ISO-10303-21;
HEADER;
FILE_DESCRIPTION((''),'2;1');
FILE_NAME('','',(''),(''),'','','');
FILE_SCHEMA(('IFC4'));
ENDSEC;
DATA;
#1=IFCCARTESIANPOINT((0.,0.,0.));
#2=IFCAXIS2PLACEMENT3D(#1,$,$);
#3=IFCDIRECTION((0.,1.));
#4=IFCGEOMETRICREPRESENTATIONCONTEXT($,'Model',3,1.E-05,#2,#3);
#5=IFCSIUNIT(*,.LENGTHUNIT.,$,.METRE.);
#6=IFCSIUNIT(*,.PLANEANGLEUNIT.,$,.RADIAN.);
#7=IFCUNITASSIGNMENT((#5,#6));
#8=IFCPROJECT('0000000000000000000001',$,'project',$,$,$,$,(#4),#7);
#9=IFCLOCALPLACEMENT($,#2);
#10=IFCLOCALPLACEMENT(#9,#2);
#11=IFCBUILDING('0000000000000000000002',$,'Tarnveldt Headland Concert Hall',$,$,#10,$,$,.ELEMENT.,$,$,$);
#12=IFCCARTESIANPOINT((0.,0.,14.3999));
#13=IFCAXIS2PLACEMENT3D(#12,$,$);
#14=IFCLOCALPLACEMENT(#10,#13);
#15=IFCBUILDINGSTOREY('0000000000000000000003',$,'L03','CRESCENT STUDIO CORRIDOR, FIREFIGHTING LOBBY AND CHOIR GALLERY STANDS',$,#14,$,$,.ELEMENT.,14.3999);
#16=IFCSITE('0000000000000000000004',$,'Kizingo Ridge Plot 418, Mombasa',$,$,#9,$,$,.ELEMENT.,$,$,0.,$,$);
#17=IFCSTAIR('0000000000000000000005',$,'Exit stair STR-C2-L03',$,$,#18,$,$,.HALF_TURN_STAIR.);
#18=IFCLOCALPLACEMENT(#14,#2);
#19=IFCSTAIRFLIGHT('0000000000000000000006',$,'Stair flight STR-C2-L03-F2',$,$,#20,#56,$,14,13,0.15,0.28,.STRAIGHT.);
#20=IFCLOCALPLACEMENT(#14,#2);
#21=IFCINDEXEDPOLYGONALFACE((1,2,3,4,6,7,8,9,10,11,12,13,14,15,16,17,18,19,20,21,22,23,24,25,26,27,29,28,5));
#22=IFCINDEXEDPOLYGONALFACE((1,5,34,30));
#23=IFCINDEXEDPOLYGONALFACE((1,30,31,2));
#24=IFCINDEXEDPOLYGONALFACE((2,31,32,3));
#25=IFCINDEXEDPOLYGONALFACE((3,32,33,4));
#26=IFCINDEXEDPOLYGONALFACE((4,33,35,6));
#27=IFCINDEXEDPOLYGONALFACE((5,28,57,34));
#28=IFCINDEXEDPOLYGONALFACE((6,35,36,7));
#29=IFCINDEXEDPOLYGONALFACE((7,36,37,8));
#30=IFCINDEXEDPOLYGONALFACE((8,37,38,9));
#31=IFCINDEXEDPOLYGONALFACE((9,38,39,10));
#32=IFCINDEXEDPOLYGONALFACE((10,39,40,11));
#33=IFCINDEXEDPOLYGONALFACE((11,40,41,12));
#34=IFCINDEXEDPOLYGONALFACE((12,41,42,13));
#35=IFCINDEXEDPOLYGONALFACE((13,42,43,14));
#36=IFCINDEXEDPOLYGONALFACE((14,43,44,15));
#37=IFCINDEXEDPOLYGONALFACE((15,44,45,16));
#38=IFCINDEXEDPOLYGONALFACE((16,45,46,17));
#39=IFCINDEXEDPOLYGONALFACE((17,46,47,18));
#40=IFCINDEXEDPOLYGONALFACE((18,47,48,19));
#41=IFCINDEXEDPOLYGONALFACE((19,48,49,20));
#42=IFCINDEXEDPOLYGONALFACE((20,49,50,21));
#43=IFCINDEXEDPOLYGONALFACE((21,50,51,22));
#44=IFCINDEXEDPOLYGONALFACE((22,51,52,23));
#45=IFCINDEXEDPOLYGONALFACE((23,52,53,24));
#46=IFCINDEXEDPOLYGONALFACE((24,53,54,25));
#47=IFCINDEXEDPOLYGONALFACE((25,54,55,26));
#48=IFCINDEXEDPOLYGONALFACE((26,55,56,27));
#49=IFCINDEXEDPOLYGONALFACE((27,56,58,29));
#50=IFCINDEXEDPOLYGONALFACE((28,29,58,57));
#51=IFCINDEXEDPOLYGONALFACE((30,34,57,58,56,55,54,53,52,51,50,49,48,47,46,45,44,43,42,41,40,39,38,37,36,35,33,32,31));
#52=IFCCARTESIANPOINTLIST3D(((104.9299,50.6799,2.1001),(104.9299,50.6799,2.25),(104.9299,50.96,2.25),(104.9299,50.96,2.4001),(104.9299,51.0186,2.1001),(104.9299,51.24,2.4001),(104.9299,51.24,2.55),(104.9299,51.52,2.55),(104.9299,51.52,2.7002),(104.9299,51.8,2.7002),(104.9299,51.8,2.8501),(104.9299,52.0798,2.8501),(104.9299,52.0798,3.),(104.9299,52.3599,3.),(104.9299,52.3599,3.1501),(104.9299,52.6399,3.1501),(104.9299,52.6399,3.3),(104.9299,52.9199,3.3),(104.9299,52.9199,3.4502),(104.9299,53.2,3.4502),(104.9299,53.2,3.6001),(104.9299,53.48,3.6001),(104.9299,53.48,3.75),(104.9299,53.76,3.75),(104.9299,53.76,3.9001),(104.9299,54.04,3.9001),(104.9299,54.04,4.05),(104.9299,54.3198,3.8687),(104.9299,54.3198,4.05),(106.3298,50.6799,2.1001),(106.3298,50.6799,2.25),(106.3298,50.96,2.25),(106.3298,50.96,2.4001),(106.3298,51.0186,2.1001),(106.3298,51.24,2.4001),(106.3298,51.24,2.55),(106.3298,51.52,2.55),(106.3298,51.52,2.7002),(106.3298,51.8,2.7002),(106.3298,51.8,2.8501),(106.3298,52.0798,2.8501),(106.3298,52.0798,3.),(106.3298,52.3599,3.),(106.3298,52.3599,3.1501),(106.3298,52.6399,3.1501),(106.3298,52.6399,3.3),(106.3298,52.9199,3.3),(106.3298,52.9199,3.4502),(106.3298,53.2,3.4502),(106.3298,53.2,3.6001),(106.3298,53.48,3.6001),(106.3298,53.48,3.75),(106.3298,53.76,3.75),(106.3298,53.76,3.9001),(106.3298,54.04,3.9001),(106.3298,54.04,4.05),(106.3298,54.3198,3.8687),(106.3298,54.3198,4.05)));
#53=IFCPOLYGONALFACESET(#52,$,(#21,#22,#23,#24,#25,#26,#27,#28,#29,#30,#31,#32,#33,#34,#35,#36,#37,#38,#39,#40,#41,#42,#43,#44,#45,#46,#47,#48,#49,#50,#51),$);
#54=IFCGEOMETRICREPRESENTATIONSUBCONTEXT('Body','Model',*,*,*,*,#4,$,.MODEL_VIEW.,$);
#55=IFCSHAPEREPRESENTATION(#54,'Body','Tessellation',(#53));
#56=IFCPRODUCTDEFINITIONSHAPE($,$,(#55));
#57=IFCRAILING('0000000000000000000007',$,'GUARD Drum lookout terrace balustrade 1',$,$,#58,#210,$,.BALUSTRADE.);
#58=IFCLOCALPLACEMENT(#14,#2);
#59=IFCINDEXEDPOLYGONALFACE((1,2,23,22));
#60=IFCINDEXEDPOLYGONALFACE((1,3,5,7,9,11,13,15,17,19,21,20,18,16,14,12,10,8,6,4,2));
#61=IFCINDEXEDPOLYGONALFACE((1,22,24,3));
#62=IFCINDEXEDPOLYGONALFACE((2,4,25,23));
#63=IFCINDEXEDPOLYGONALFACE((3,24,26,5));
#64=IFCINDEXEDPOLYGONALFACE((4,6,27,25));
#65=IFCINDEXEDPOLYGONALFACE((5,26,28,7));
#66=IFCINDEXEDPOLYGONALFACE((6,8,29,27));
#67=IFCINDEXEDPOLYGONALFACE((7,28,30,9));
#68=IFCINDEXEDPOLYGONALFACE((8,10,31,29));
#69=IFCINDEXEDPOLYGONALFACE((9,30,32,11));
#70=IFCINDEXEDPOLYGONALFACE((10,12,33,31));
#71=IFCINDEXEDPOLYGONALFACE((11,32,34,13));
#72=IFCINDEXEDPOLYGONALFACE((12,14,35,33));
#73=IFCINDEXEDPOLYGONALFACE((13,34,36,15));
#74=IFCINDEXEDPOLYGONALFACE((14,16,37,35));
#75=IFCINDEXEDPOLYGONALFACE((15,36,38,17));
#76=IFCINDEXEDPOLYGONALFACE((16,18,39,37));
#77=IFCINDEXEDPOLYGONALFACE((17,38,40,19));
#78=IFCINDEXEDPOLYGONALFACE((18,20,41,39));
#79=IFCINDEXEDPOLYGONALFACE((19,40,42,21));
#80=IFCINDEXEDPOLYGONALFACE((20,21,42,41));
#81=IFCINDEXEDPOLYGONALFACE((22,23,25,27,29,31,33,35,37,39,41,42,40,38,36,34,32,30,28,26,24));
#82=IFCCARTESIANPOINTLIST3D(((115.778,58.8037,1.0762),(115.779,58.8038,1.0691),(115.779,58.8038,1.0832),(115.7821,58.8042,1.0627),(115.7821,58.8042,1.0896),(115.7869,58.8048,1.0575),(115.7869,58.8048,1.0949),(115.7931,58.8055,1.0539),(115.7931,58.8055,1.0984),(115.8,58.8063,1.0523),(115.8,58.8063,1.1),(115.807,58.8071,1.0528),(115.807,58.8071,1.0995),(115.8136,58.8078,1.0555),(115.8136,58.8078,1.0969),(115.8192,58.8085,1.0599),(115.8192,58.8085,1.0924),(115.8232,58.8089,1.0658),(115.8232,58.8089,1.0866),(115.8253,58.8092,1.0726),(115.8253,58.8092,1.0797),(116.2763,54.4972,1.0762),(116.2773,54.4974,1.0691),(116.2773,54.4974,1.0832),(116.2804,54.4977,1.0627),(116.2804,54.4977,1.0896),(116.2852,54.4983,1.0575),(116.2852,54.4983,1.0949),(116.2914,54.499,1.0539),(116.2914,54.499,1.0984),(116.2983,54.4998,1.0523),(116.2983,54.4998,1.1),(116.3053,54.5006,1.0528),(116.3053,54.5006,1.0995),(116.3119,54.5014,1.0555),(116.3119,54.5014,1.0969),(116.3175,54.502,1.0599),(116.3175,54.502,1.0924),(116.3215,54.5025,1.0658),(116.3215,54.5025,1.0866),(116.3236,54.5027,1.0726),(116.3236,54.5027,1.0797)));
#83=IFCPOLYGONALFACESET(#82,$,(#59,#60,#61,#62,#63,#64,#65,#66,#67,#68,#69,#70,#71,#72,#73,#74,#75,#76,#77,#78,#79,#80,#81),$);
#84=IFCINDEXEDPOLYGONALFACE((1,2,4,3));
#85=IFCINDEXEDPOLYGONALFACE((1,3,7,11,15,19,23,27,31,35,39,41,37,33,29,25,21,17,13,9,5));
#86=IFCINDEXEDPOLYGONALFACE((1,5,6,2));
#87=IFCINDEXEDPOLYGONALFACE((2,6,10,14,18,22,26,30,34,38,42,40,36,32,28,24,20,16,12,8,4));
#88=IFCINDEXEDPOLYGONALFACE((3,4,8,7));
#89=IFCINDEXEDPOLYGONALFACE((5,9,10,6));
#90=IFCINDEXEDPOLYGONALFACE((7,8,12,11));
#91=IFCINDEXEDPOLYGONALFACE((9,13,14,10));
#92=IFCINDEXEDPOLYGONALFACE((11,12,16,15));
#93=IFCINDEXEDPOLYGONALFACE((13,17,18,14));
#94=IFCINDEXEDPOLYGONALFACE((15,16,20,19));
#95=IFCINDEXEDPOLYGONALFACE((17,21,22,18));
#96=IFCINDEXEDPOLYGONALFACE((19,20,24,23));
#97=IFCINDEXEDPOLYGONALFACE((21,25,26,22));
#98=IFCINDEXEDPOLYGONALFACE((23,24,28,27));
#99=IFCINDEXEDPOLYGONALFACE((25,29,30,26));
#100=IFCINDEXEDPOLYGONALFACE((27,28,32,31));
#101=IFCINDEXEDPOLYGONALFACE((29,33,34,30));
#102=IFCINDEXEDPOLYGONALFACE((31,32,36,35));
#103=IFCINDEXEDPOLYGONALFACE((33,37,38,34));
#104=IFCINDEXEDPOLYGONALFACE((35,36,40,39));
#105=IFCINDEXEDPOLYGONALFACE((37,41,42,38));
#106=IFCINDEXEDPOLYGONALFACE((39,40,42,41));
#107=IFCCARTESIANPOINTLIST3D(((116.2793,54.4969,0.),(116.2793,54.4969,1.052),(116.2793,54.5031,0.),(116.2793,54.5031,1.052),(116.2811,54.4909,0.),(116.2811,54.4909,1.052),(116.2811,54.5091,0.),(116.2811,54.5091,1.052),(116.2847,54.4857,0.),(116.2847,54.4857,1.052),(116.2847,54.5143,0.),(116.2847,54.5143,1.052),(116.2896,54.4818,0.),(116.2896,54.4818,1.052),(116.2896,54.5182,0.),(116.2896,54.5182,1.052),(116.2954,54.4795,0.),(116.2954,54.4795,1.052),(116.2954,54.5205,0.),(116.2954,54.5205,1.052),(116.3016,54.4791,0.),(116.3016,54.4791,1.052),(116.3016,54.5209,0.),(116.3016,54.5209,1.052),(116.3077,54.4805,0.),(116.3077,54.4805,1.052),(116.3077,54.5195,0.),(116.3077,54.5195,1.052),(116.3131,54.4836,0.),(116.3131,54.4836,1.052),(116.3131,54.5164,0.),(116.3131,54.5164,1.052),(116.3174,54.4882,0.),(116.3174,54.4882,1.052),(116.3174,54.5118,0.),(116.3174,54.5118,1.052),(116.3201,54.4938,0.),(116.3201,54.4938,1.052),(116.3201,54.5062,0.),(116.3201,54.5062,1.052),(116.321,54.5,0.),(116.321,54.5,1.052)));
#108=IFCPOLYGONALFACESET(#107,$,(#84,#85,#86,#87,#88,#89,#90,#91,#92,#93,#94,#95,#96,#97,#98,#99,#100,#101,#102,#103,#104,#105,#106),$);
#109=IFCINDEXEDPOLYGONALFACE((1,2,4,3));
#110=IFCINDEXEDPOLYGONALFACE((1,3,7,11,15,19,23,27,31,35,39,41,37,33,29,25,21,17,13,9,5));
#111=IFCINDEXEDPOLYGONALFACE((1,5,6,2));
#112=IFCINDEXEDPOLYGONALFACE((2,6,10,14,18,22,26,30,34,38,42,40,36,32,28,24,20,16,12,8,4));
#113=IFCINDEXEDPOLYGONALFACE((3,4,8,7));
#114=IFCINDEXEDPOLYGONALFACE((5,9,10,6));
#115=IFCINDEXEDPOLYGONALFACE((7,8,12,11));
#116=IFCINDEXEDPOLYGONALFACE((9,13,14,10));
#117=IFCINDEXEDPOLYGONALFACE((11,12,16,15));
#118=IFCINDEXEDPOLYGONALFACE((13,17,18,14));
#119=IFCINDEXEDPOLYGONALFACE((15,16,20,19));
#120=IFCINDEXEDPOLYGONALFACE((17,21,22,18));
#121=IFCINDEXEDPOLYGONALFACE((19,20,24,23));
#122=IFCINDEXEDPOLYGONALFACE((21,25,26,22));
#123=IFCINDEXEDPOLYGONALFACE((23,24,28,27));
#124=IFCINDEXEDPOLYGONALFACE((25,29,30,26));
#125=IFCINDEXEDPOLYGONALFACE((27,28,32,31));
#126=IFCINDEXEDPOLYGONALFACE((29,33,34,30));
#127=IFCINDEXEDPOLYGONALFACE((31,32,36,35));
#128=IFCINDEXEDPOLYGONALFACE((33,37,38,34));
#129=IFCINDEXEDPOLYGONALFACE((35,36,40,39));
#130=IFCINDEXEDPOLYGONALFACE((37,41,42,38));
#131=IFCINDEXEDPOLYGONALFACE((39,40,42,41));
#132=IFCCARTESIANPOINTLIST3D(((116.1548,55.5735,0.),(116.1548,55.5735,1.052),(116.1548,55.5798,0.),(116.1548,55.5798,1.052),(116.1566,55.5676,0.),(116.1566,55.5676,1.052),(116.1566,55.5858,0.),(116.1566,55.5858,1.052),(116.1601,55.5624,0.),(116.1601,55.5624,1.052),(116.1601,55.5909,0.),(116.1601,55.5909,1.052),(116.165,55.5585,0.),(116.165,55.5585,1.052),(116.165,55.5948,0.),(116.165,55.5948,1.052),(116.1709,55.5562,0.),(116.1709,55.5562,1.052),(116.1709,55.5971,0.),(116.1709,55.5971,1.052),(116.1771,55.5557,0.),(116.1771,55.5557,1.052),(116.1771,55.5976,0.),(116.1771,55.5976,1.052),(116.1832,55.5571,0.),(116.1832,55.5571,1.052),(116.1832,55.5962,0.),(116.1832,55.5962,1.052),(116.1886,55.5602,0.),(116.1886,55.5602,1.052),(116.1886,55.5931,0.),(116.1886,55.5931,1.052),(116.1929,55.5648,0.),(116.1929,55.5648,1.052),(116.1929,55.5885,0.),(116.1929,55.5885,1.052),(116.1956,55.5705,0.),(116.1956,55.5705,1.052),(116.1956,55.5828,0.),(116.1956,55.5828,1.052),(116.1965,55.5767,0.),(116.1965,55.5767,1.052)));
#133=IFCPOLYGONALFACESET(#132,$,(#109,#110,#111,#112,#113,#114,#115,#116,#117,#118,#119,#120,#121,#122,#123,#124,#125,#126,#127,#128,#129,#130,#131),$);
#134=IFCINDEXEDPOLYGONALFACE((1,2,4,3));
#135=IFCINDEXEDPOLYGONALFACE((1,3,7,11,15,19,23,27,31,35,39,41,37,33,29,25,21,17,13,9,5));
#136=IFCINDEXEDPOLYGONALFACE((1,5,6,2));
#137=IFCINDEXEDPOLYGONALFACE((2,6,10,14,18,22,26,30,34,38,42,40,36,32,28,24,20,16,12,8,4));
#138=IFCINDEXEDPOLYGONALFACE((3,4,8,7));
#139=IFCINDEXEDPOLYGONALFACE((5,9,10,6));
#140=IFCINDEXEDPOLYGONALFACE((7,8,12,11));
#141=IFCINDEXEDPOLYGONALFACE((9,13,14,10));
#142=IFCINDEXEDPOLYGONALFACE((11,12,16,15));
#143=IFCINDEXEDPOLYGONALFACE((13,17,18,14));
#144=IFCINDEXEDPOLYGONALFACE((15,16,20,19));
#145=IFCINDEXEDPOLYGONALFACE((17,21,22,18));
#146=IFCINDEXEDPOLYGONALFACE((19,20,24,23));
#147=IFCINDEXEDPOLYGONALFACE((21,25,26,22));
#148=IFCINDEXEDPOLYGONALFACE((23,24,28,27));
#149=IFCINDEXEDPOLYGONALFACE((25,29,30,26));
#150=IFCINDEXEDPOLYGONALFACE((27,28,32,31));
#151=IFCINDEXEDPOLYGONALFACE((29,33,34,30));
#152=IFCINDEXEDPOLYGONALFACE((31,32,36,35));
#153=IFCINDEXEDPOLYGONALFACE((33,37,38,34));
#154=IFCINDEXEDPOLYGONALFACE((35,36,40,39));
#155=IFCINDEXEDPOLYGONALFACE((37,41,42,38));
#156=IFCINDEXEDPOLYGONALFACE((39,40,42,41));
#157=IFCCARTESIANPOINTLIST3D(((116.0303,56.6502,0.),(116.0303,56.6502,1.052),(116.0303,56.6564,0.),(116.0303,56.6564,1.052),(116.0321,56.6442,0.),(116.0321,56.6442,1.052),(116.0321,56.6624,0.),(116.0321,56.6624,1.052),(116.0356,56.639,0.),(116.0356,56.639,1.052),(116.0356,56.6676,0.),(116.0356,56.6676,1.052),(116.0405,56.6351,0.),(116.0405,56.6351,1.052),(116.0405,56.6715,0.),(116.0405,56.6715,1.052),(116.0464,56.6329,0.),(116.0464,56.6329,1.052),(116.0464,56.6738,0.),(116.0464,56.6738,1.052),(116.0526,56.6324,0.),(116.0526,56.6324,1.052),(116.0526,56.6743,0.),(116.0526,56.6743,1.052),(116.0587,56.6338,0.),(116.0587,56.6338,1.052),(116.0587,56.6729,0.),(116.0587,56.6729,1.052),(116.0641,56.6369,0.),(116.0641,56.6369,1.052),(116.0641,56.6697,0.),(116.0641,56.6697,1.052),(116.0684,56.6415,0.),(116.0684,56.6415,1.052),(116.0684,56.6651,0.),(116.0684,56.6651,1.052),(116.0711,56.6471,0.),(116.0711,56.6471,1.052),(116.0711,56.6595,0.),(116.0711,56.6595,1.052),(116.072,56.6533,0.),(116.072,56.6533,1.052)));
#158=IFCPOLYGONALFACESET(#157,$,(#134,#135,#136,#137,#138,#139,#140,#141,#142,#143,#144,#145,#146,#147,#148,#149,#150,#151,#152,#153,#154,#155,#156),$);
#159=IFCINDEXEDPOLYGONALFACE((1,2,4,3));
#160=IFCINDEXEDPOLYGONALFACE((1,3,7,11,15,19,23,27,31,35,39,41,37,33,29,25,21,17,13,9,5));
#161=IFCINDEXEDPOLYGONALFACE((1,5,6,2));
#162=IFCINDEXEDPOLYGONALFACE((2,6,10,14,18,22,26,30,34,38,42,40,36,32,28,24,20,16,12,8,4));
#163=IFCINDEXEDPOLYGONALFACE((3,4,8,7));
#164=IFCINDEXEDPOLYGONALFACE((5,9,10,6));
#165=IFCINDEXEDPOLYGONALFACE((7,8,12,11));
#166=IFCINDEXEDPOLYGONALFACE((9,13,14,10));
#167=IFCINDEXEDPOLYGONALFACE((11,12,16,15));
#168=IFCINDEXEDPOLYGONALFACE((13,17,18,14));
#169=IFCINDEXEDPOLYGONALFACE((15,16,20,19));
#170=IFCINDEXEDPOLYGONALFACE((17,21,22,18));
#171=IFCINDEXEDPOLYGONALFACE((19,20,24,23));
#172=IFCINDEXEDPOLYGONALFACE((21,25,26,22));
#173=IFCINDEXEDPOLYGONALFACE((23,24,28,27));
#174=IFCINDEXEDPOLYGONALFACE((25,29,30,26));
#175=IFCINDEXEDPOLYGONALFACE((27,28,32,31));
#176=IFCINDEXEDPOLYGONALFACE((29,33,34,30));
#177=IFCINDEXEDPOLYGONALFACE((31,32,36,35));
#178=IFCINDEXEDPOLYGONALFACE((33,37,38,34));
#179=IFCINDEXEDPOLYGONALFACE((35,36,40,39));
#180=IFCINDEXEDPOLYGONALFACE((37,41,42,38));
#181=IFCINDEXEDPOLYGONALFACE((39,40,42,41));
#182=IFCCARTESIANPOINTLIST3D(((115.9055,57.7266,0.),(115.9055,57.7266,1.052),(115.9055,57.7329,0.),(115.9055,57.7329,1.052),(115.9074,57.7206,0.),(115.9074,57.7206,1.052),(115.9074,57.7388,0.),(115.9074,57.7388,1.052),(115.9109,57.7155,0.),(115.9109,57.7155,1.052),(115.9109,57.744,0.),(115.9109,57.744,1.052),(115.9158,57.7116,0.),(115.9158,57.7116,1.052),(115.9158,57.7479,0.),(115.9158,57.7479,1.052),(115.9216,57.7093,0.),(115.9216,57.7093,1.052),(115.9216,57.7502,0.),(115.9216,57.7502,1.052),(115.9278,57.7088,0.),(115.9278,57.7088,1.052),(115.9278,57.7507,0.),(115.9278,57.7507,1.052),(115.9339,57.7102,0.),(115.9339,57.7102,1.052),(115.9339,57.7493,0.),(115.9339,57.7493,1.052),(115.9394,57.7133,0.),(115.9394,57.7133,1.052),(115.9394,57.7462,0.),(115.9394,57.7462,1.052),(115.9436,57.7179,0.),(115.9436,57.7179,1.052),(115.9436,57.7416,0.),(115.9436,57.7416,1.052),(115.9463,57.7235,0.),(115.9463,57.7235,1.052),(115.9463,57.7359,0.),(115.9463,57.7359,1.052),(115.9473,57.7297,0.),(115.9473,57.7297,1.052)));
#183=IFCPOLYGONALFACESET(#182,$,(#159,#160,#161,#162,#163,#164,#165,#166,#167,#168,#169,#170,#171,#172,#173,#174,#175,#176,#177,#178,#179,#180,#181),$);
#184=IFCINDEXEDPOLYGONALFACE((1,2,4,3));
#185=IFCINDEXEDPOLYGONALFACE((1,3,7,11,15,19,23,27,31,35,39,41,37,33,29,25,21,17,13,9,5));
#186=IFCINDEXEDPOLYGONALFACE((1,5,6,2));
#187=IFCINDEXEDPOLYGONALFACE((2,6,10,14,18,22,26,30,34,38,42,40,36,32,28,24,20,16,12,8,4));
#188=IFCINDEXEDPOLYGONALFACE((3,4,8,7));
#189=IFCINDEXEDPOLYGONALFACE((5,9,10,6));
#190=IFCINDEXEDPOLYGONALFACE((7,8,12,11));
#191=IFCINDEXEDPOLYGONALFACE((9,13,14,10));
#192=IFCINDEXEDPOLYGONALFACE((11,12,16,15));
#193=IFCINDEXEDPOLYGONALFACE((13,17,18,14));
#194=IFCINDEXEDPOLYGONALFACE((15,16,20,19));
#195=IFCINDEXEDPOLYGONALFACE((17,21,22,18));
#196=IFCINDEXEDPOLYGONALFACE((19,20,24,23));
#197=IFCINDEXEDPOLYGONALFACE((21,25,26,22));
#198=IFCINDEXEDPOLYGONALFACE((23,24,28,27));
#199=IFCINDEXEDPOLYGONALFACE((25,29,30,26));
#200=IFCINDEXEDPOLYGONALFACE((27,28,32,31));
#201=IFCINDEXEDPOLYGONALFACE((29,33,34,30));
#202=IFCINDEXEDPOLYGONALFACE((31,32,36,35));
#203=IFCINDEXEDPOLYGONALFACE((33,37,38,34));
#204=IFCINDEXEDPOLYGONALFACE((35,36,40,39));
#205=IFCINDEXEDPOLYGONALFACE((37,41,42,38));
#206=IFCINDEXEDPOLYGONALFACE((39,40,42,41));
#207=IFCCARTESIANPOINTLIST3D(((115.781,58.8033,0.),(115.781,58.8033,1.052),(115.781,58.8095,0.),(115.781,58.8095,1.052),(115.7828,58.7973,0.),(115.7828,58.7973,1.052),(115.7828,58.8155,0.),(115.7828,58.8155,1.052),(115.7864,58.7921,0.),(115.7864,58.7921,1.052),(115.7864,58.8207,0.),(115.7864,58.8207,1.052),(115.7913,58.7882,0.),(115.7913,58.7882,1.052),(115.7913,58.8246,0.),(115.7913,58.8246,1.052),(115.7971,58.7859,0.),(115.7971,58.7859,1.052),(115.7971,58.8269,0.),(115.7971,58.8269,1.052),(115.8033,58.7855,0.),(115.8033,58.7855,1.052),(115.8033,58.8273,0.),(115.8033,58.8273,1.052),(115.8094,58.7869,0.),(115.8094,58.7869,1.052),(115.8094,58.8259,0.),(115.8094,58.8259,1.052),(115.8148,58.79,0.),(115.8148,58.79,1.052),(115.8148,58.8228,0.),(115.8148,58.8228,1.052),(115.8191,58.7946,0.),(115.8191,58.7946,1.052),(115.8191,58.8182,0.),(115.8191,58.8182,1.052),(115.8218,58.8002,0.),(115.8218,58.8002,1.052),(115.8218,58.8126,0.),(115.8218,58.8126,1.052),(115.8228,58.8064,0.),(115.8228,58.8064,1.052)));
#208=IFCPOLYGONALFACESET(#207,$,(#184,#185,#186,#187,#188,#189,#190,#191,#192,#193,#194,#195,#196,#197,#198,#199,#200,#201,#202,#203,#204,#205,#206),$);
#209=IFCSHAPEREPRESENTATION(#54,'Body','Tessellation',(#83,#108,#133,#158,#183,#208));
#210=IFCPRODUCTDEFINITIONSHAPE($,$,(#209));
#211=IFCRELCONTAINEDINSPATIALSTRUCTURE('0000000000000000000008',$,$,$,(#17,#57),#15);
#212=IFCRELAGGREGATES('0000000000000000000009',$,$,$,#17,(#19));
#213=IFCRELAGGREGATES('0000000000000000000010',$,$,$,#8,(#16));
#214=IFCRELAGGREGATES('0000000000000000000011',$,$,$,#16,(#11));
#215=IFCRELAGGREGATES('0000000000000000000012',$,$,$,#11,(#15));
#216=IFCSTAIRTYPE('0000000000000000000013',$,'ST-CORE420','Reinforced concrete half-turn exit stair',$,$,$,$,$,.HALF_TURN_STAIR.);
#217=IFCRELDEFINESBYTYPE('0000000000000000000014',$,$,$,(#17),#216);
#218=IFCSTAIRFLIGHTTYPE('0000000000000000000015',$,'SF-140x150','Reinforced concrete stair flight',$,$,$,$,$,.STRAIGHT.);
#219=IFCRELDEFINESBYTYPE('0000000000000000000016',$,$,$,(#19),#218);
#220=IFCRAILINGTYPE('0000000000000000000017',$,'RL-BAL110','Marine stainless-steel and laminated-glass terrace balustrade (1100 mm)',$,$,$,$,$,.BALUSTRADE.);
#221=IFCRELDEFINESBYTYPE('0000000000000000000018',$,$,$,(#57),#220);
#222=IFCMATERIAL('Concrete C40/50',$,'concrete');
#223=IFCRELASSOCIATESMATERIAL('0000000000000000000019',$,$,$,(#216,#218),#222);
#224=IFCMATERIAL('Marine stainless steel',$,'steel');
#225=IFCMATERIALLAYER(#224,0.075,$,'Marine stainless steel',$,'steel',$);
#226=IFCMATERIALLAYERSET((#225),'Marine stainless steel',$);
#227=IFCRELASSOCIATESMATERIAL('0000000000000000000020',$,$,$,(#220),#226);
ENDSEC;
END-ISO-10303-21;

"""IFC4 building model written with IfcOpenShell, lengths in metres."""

from ifc_helpers import new_model, si_unit, direction, frame, origin, origin_2d, place, context, subcontext, project, spatial, polyline, circle, outline, extrude, material, layer, layer_set, type_object, element, aggregate, save


model = new_model("IFC4")

# Units and contexts
model_context = context("Model", 3, precision=1e-05, world=origin(), true_north=direction((0.0, 1.0)))
body_context = subcontext(model_context, "Body", "Model", "MODEL_VIEW")
ifc_project = project(units=[si_unit("LENGTHUNIT", "METRE"), si_unit("PLANEANGLEUNIT", "RADIAN")], contexts=[model_context])

# Site, building, storey
site_placement = place(None, origin())
site = spatial("IfcSite", under=ifc_project, at=site_placement, Name="Kizingo Ridge Plot 418, Mombasa", CompositionType="ELEMENT", RefElevation=0.0)
building_placement = place(site_placement, origin())
building = spatial("IfcBuilding", under=site, at=building_placement, Name="Tarnveldt Headland Concert Hall", CompositionType="ELEMENT")
storey_placement = place(building_placement, frame((0.0, 0.0, 14.3999)))
storey = spatial("IfcBuildingStorey", under=building, at=storey_placement, Name="L03", Description="CRESCENT STUDIO CORRIDOR, FIREFIGHTING LOBBY AND CHOIR GALLERY STANDS", CompositionType="ELEMENT", Elevation=14.3999)

# Shared definitions
ifc_material_1 = material(Name="Concrete C40/50", Category="concrete")

# Stair, stair flight
stair_type = type_object("IfcStairType", Name="ST-CORE420", Description="Reinforced concrete half-turn exit stair", PredefinedType="HALF_TURN_STAIR", material=ifc_material_1)
stair_placement = place(storey_placement, origin())
stair = element("IfcStair", 1, at=stair_placement, inside=storey, type_object=stair_type, Name="Exit stair STR-C2-L03", PredefinedType="HALF_TURN_STAIR")
stair_flight_type = type_object("IfcStairFlightType", Name="SF-140x150", Description="Reinforced concrete stair flight", PredefinedType="STRAIGHT", material=ifc_material_1)
stair_flight_1_placement = place(storey_placement, frame((105.6299, 50.6799, 2.1001), z_axis=(0.0, 0.0, 1.0), x_axis=(0.0, 1.0, 0.0)))
stair_flight_1 = element("IfcStairFlight", 2, at=stair_flight_1_placement, type_object=stair_flight_type, Name="Stair flight STR-C2-L03-F2", NumberOfRisers=14, NumberOfTreads=13, PredefinedType="STRAIGHT", RiserHeight=0.15, TreadLength=0.28, context=body_context, shape_type="SweptSolid", body=[
    extrude(outline(polyline([(0.0, 0.0), (0.0, 0.1499), (0.28, 0.1499), (0.28, 0.3), (0.5601, 0.3), (0.5601, 0.45), (0.8401, 0.45), (0.8401, 0.6001), (1.1201, 0.6001), (1.1201, 0.75), (1.3999, 0.75), (1.3999, 0.8999), (1.6799, 0.8999), (1.6799, 1.05), (1.96, 1.05), (1.96, 1.2), (2.24, 1.2), (2.24, 1.3501), (2.52, 1.3501), (2.52, 1.5), (2.8, 1.5), (2.8, 1.6499), (3.0801, 1.6499), (3.0801, 1.8), (3.3601, 1.8), (3.3601, 1.95), (3.6399, 1.95), (3.6399, 2.1001), (3.6399, 1.7686), (0.3386, 0.0), (0.0, 0.0)])), frame((0.0, 0.7, 0.0), z_axis=(0.0, -1.0, 0.0), x_axis=(1.0, 0.0, 0.0)), (0.0, 0.0, 1.0), 1.3999),
])
aggregate(stair, [stair_flight_1])

# Railing
ifc_material_2 = material(Name="Marine stainless steel", Category="steel")
ifc_layer_1 = layer(ifc_material_2, 0.075, Name="Marine stainless steel", Category="steel")
ifc_layer_set_1 = layer_set([ifc_layer_1], Name="Marine stainless steel")
railing_type_1 = type_object("IfcRailingType", Name="RL-BAL110", Description="Marine stainless-steel and laminated-glass terrace balustrade (1100 mm)", PredefinedType="BALUSTRADE", material=ifc_layer_set_1)
railing_1_placement = place(storey_placement, frame((116.3, 54.5, 0.0)))
element("IfcRailing", 3, at=railing_1_placement, inside=storey, type_object=railing_type_1, Name="GUARD Drum lookout terrace balustrade 1", PredefinedType="BALUSTRADE", context=body_context, shape_type="SweptSolid", body=[
    extrude(circle(Radius=0.0239, at=origin_2d()), frame((0.0, 0.0, 1.0762), z_axis=(-0.114943, 0.993372, 0.0), x_axis=(-0.993372, -0.114943, 0.0)), (0.0, 0.0, 1.0), 4.3352),
    extrude(circle(Radius=0.021, at=origin_2d()), origin(), (0.0, 0.0, 1.0), 1.052),
    extrude(circle(Radius=0.021, at=origin_2d()), frame((-0.1245, 1.0767, 0.0)), (0.0, 0.0, 1.0), 1.052),
    extrude(circle(Radius=0.021, at=origin_2d()), frame((-0.249, 2.1533, 0.0)), (0.0, 0.0, 1.0), 1.052),
    extrude(circle(Radius=0.021, at=origin_2d()), frame((-0.3738, 3.2297, 0.0)), (0.0, 0.0, 1.0), 1.052),
    extrude(circle(Radius=0.021, at=origin_2d()), frame((-0.4983, 4.3064, 0.0)), (0.0, 0.0, 1.0), 1.052),
])

save(model, "model.ifc")
